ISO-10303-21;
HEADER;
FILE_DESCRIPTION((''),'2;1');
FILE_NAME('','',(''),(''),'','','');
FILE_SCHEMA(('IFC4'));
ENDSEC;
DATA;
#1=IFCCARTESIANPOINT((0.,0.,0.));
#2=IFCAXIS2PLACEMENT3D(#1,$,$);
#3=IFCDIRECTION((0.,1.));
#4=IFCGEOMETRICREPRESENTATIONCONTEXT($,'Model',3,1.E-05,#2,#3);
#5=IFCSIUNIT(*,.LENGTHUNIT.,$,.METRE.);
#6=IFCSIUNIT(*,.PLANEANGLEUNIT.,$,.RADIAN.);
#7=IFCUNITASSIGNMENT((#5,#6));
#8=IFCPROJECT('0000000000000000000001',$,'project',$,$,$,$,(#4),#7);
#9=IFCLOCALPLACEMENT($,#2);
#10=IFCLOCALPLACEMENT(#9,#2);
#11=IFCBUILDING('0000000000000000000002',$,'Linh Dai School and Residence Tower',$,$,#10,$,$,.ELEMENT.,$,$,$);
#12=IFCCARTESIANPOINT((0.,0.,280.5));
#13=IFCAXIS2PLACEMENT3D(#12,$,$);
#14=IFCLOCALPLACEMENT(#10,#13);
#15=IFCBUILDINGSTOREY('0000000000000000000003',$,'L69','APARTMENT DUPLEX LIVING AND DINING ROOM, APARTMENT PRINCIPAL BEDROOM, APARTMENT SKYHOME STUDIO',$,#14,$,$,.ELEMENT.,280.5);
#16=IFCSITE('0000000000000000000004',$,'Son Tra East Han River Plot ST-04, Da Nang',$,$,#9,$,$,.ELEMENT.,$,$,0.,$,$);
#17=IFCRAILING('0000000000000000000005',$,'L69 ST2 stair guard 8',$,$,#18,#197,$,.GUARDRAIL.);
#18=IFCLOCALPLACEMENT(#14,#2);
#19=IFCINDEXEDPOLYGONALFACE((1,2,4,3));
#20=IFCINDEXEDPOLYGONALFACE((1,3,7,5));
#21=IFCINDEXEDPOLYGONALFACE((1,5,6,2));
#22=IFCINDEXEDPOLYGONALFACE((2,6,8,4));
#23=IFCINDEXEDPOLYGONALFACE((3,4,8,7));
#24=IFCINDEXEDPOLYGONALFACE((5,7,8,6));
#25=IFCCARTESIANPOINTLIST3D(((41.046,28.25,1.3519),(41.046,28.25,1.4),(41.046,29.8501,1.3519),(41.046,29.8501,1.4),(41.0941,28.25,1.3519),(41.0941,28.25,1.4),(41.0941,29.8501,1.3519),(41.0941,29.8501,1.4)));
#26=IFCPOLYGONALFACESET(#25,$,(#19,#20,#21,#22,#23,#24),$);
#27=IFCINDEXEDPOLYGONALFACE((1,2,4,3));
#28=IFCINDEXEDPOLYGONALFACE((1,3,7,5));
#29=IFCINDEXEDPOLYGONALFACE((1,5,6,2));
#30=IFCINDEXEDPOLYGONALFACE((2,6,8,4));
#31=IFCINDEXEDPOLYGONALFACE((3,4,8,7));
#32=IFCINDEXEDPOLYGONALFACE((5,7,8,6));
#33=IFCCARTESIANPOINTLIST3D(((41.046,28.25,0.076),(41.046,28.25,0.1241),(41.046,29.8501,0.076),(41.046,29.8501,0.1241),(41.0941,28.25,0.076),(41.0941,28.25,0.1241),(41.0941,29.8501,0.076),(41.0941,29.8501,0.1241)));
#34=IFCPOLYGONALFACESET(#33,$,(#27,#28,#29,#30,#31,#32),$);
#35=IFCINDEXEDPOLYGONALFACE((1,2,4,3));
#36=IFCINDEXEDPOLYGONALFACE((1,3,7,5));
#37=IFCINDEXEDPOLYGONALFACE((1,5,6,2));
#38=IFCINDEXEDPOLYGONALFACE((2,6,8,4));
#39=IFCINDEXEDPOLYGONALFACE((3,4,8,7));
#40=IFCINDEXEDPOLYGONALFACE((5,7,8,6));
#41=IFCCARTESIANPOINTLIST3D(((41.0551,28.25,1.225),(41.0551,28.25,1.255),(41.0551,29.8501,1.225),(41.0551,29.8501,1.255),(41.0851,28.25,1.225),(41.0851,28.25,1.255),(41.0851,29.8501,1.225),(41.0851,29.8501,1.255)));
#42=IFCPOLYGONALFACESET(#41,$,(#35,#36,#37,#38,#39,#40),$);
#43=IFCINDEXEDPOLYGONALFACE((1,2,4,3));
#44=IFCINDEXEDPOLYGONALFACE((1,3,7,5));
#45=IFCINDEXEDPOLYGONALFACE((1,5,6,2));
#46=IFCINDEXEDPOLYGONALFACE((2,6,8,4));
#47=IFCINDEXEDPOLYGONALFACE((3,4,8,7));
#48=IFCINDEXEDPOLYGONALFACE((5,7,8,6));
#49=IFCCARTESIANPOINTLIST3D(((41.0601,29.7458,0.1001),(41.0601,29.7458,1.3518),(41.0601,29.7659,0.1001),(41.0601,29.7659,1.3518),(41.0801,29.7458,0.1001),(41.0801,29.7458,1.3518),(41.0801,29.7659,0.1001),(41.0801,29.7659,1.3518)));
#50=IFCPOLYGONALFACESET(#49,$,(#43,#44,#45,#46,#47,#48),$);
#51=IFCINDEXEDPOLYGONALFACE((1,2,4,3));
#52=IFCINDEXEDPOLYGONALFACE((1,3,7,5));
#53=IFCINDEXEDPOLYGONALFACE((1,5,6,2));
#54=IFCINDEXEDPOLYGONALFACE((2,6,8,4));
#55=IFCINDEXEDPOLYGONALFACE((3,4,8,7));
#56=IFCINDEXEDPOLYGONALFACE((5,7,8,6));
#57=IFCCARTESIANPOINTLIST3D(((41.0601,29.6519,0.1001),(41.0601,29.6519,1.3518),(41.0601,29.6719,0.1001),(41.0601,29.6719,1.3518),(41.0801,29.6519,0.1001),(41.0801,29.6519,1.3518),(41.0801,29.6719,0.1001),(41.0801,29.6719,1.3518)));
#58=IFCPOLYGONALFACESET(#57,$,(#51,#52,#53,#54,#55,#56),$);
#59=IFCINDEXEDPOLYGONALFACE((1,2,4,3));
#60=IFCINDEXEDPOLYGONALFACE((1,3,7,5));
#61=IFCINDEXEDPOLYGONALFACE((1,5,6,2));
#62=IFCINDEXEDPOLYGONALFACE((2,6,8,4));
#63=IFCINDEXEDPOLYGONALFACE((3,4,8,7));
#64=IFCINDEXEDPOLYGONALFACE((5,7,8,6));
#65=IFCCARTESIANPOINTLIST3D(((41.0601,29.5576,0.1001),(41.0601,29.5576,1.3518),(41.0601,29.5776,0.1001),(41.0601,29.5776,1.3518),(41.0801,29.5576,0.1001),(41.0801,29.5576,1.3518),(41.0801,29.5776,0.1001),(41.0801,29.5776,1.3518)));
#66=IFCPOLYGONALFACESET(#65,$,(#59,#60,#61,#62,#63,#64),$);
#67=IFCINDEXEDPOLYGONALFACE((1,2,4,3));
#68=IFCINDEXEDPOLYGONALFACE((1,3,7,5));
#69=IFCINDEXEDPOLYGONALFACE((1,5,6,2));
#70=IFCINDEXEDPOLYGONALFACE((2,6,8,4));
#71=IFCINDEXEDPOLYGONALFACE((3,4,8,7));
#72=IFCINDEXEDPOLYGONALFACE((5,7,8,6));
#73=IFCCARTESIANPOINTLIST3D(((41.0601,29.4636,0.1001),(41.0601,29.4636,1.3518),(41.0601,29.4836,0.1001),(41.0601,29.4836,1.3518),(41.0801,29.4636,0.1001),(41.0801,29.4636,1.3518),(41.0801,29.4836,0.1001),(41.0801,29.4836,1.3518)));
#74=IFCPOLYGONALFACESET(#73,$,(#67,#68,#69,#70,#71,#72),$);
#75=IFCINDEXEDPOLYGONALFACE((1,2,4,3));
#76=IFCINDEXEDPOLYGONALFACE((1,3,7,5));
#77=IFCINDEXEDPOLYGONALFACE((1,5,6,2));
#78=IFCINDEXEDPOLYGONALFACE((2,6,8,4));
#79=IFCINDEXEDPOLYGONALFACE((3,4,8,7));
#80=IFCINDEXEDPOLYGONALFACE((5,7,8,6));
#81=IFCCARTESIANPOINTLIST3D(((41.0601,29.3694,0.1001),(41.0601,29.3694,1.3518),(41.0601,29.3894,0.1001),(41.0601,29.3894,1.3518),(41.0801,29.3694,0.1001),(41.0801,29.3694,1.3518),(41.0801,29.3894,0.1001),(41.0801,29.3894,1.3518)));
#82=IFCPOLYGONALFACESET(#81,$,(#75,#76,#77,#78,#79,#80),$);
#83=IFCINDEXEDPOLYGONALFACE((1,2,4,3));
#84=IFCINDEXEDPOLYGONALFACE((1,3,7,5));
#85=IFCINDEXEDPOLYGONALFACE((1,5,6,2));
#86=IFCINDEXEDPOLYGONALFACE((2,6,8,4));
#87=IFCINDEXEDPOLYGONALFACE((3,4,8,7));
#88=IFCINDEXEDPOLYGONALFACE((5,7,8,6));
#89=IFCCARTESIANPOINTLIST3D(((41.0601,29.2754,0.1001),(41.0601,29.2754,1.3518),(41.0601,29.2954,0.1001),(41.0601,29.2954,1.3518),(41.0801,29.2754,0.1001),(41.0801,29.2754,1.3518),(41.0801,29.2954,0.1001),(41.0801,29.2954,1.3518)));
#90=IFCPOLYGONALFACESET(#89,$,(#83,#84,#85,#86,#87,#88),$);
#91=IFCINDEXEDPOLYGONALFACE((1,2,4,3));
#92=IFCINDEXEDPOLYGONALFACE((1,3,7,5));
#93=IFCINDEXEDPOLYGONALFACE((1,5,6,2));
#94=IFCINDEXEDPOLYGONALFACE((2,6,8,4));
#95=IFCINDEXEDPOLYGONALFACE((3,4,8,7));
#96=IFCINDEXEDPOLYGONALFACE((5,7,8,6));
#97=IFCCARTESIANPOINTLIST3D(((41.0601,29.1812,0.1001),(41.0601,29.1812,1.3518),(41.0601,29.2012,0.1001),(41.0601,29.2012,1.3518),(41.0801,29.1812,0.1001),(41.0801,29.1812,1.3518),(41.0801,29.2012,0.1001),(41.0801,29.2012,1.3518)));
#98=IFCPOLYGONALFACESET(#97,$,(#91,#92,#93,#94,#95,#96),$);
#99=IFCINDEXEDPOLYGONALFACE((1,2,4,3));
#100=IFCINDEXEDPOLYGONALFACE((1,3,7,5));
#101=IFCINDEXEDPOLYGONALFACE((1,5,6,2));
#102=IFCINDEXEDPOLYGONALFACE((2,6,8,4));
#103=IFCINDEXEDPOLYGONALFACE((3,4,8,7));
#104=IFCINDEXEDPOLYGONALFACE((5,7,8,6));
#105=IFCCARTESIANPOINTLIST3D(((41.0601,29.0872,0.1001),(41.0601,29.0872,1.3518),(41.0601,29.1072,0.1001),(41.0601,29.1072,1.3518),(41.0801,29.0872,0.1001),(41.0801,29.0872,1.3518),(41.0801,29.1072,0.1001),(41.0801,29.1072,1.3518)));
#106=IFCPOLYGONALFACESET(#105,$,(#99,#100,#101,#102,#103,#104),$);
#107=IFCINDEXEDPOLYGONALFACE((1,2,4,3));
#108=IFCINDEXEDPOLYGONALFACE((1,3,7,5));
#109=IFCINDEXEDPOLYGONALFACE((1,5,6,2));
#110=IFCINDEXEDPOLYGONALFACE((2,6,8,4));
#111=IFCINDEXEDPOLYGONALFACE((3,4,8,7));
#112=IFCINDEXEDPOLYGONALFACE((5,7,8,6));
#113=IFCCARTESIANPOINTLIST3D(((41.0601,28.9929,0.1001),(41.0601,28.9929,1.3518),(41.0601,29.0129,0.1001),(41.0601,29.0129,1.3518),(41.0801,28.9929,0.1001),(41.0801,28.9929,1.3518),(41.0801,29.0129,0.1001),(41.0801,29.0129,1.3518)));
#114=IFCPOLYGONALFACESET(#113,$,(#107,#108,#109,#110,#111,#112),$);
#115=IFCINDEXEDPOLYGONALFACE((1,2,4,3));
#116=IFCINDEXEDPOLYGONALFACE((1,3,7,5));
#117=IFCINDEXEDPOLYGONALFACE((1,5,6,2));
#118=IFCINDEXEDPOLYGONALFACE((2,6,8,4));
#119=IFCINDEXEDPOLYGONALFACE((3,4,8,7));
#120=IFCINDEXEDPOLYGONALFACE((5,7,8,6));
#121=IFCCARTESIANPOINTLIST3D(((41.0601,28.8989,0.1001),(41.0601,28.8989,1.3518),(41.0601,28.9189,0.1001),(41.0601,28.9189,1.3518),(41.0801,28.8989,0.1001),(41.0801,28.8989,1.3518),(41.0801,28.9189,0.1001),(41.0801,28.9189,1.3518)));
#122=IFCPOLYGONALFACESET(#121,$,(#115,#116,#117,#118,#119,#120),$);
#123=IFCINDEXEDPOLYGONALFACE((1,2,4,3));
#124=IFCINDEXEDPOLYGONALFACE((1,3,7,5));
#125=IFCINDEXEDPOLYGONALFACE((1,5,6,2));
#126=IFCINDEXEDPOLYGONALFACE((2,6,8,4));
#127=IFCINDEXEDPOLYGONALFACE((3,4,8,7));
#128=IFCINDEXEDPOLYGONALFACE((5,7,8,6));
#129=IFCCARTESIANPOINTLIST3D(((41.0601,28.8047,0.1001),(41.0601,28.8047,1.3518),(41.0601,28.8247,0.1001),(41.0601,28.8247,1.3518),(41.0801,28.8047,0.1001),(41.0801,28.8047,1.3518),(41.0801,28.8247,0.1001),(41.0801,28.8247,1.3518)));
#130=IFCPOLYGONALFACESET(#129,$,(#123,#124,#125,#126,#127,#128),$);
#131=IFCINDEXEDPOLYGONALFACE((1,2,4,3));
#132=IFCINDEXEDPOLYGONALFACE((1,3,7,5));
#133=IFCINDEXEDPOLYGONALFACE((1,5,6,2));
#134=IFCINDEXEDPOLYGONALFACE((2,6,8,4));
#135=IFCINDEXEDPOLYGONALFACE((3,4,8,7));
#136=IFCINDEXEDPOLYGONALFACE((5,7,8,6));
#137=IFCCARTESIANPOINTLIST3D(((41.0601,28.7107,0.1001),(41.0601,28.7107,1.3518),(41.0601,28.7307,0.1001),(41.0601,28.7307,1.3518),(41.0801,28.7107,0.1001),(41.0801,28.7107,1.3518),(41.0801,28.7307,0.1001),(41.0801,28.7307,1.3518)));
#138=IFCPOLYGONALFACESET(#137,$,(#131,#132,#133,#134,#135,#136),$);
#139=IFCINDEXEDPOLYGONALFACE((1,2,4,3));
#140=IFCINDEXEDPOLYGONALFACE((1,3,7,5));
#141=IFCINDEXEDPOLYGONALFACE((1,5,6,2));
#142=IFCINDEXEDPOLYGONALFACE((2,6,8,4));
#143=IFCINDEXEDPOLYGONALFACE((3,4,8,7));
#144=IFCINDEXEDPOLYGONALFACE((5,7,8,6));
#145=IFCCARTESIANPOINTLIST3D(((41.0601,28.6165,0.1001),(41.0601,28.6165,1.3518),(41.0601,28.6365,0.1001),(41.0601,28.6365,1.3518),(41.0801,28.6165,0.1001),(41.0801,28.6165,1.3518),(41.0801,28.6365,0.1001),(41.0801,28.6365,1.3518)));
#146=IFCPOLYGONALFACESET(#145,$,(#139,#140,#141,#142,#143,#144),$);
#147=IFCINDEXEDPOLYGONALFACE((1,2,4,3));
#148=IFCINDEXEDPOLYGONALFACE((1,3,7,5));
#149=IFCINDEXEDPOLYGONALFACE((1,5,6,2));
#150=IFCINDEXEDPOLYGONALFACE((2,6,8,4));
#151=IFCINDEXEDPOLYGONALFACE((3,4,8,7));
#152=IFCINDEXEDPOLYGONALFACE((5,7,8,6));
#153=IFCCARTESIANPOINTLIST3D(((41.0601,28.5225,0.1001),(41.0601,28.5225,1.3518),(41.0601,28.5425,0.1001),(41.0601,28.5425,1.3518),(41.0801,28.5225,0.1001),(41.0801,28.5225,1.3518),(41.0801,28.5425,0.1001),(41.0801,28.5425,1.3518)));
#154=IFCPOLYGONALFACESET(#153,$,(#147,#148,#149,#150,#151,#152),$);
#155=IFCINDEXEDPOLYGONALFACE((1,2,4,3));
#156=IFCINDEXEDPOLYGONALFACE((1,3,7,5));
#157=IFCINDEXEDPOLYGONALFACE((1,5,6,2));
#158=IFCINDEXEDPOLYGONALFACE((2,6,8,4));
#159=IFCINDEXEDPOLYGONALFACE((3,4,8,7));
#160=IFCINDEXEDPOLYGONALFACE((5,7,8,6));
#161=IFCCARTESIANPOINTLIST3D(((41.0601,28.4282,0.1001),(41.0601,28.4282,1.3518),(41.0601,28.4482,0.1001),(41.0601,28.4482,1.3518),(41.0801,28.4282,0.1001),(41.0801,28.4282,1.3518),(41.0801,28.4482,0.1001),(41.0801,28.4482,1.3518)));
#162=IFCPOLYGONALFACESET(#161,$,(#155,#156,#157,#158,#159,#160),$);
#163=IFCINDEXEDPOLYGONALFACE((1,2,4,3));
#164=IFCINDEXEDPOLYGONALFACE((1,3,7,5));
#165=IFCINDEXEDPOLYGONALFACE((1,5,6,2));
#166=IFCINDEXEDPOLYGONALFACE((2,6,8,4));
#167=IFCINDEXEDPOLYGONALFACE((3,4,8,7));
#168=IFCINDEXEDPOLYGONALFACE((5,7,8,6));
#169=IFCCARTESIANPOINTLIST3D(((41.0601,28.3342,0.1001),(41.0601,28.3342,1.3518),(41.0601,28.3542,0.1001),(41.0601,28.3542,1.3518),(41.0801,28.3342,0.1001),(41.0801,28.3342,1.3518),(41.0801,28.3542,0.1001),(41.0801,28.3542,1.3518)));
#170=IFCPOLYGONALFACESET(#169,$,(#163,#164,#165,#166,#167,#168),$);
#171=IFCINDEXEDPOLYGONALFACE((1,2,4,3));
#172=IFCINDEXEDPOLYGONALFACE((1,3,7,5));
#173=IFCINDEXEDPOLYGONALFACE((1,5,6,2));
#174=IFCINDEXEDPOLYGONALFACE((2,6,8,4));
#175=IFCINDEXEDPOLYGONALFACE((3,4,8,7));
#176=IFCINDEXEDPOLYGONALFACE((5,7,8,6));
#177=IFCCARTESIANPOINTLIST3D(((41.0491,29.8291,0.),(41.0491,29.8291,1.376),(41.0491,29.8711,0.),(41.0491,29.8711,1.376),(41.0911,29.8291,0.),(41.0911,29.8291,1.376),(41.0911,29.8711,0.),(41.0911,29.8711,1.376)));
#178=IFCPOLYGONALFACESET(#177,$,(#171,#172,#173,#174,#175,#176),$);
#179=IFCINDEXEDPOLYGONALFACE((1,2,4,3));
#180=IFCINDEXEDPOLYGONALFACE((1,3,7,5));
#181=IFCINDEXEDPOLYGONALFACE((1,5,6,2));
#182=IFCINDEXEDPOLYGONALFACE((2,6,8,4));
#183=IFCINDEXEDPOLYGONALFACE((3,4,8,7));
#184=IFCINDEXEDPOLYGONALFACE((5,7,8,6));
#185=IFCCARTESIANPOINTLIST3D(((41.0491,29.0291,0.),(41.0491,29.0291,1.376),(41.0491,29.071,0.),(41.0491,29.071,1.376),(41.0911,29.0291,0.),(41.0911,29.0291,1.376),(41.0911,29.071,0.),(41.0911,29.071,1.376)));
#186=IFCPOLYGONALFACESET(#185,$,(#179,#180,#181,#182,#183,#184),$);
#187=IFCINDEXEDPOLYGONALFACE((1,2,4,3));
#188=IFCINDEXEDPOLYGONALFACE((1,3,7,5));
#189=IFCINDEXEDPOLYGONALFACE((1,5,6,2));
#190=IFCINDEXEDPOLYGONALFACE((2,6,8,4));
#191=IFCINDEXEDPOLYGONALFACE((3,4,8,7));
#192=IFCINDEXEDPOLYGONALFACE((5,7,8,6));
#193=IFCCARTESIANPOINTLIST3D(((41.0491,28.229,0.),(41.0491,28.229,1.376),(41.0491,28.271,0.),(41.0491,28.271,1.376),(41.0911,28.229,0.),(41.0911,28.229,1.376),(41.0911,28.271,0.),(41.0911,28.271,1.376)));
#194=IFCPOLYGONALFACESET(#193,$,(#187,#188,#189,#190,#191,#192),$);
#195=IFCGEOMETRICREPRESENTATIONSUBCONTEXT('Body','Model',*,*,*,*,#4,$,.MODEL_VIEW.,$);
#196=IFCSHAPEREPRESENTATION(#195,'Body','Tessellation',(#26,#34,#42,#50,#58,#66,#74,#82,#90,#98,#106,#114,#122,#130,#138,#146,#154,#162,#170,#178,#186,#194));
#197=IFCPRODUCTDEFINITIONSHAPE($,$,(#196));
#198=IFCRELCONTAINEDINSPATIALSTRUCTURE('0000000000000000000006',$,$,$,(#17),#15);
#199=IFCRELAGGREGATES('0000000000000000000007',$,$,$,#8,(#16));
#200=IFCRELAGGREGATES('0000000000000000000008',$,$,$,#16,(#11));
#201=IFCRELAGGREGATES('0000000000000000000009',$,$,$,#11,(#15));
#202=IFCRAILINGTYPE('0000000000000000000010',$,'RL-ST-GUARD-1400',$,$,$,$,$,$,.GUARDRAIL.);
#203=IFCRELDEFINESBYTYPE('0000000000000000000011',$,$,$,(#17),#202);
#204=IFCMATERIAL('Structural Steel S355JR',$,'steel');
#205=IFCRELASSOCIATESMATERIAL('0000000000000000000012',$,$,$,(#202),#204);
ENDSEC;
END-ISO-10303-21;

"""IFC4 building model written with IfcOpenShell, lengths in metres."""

from ifc_helpers import new_model, si_unit, direction, frame, origin, origin_2d, place, context, subcontext, project, spatial, rectangle, extrude, source, transform, mapped, material, type_object, element, save


model = new_model("IFC4")

# Units and contexts
model_context = context("Model", 3, precision=1e-05, world=origin(), true_north=direction((0.0, 1.0)))
body_context = subcontext(model_context, "Body", "Model", "MODEL_VIEW")
ifc_project = project(units=[si_unit("LENGTHUNIT", "METRE"), si_unit("PLANEANGLEUNIT", "RADIAN")], contexts=[model_context])

# Site, building, storey
site_placement = place(None, origin())
site = spatial("IfcSite", under=ifc_project, at=site_placement, Name="Son Tra East Han River Plot ST-04, Da Nang", CompositionType="ELEMENT", RefElevation=0.0)
building_placement = place(site_placement, origin())
building = spatial("IfcBuilding", under=site, at=building_placement, Name="Linh Dai School and Residence Tower", CompositionType="ELEMENT")
storey_placement = place(building_placement, frame((0.0, 0.0, 280.5)))
storey = spatial("IfcBuildingStorey", under=building, at=storey_placement, Name="L69", Description="APARTMENT DUPLEX LIVING AND DINING ROOM, APARTMENT PRINCIPAL BEDROOM, APARTMENT SKYHOME STUDIO", CompositionType="ELEMENT", Elevation=280.5)

# Shared definitions
ifc_material_1 = material(Name="Structural Steel S355JR", Category="steel")

# Railing
railing_type = type_object("IfcRailingType", Name="RL-ST-GUARD-1400", PredefinedType="GUARDRAIL", material=ifc_material_1)
shared_shape_1 = source(origin(), body_context, "Body", "SweptSolid", [
    extrude(rectangle(XDim=0.0481, YDim=0.0481, at=origin_2d()), frame((0.0, 0.0, 1.376), z_axis=(0.0, -1.0, 0.0), x_axis=(1.0, 0.0, 0.0)), (0.0, 0.0, 1.0), 1.6001),
    extrude(rectangle(XDim=0.0481, YDim=0.0481, at=origin_2d()), frame((0.0, 0.0, 0.1001), z_axis=(0.0, -1.0, 0.0), x_axis=(1.0, 0.0, 0.0)), (0.0, 0.0, 1.0), 1.6001),
    extrude(rectangle(XDim=0.03, YDim=0.03, at=origin_2d()), frame((0.0, 0.0, 1.24), z_axis=(0.0, -1.0, 0.0), x_axis=(1.0, 0.0, 0.0)), (0.0, 0.0, 1.0), 1.6001),
    extrude(rectangle(XDim=0.02, YDim=0.02, at=origin_2d()), frame((0.0, -0.0942, 0.1001)), (0.0, 0.0, 1.0), 1.2517),
    extrude(rectangle(XDim=0.02, YDim=0.02, at=origin_2d()), frame((0.0, -0.1882, 0.1001)), (0.0, 0.0, 1.0), 1.2517),
    extrude(rectangle(XDim=0.02, YDim=0.02, at=origin_2d()), frame((0.0, -0.2825, 0.1001)), (0.0, 0.0, 1.0), 1.2517),
    extrude(rectangle(XDim=0.02, YDim=0.02, at=origin_2d()), frame((0.0, -0.3765, 0.1001)), (0.0, 0.0, 1.0), 1.2517),
    extrude(rectangle(XDim=0.02, YDim=0.02, at=origin_2d()), frame((0.0, -0.4707, 0.1001)), (0.0, 0.0, 1.0), 1.2517),
    extrude(rectangle(XDim=0.02, YDim=0.02, at=origin_2d()), frame((0.0, -0.5647, 0.1001)), (0.0, 0.0, 1.0), 1.2517),
    extrude(rectangle(XDim=0.02, YDim=0.02, at=origin_2d()), frame((0.0, -0.6589, 0.1001)), (0.0, 0.0, 1.0), 1.2517),
    extrude(rectangle(XDim=0.02, YDim=0.02, at=origin_2d()), frame((0.0, -0.7529, 0.1001)), (0.0, 0.0, 1.0), 1.2517),
    extrude(rectangle(XDim=0.02, YDim=0.02, at=origin_2d()), frame((0.0, -0.8472, 0.1001)), (0.0, 0.0, 1.0), 1.2517),
    extrude(rectangle(XDim=0.02, YDim=0.02, at=origin_2d()), frame((0.0, -0.9412, 0.1001)), (0.0, 0.0, 1.0), 1.2517),
    extrude(rectangle(XDim=0.02, YDim=0.02, at=origin_2d()), frame((0.0, -1.0354, 0.1001)), (0.0, 0.0, 1.0), 1.2517),
    extrude(rectangle(XDim=0.02, YDim=0.02, at=origin_2d()), frame((0.0, -1.1294, 0.1001)), (0.0, 0.0, 1.0), 1.2517),
    extrude(rectangle(XDim=0.02, YDim=0.02, at=origin_2d()), frame((0.0, -1.2236, 0.1001)), (0.0, 0.0, 1.0), 1.2517),
    extrude(rectangle(XDim=0.02, YDim=0.02, at=origin_2d()), frame((0.0, -1.3176, 0.1001)), (0.0, 0.0, 1.0), 1.2517),
    extrude(rectangle(XDim=0.02, YDim=0.02, at=origin_2d()), frame((0.0, -1.4119, 0.1001)), (0.0, 0.0, 1.0), 1.2517),
    extrude(rectangle(XDim=0.02, YDim=0.02, at=origin_2d()), frame((0.0, -1.5059, 0.1001)), (0.0, 0.0, 1.0), 1.2517),
    extrude(rectangle(XDim=0.042, YDim=0.042, at=origin_2d()), origin(), (0.0, 0.0, 1.0), 1.376),
    extrude(rectangle(XDim=0.042, YDim=0.042, at=origin_2d()), frame((0.0, -0.8, 0.0)), (0.0, 0.0, 1.0), 1.376),
    extrude(rectangle(XDim=0.042, YDim=0.042, at=origin_2d()), frame((0.0, -1.6001, 0.0)), (0.0, 0.0, 1.0), 1.376),
])
for number, where, name in (
    (1, (41.0701, 29.8501, 0.0), "L69 ST2 stair guard 8"),
):
    element("IfcRailing", number, at=place(storey_placement, frame(where)), inside=storey, type_object=railing_type, Name=name, PredefinedType="GUARDRAIL", context=body_context, shape_type="MappedRepresentation", body=[
        mapped(shared_shape_1, transform((0.0, 0.0, 0.0), x_axis=(1.0, 0.0, 0.0), y_axis=(0.0, 1.0, 0.0), z_axis=(0.0, 0.0, 1.0), scale=1.0)),
    ])

save(model, "model.ifc")
